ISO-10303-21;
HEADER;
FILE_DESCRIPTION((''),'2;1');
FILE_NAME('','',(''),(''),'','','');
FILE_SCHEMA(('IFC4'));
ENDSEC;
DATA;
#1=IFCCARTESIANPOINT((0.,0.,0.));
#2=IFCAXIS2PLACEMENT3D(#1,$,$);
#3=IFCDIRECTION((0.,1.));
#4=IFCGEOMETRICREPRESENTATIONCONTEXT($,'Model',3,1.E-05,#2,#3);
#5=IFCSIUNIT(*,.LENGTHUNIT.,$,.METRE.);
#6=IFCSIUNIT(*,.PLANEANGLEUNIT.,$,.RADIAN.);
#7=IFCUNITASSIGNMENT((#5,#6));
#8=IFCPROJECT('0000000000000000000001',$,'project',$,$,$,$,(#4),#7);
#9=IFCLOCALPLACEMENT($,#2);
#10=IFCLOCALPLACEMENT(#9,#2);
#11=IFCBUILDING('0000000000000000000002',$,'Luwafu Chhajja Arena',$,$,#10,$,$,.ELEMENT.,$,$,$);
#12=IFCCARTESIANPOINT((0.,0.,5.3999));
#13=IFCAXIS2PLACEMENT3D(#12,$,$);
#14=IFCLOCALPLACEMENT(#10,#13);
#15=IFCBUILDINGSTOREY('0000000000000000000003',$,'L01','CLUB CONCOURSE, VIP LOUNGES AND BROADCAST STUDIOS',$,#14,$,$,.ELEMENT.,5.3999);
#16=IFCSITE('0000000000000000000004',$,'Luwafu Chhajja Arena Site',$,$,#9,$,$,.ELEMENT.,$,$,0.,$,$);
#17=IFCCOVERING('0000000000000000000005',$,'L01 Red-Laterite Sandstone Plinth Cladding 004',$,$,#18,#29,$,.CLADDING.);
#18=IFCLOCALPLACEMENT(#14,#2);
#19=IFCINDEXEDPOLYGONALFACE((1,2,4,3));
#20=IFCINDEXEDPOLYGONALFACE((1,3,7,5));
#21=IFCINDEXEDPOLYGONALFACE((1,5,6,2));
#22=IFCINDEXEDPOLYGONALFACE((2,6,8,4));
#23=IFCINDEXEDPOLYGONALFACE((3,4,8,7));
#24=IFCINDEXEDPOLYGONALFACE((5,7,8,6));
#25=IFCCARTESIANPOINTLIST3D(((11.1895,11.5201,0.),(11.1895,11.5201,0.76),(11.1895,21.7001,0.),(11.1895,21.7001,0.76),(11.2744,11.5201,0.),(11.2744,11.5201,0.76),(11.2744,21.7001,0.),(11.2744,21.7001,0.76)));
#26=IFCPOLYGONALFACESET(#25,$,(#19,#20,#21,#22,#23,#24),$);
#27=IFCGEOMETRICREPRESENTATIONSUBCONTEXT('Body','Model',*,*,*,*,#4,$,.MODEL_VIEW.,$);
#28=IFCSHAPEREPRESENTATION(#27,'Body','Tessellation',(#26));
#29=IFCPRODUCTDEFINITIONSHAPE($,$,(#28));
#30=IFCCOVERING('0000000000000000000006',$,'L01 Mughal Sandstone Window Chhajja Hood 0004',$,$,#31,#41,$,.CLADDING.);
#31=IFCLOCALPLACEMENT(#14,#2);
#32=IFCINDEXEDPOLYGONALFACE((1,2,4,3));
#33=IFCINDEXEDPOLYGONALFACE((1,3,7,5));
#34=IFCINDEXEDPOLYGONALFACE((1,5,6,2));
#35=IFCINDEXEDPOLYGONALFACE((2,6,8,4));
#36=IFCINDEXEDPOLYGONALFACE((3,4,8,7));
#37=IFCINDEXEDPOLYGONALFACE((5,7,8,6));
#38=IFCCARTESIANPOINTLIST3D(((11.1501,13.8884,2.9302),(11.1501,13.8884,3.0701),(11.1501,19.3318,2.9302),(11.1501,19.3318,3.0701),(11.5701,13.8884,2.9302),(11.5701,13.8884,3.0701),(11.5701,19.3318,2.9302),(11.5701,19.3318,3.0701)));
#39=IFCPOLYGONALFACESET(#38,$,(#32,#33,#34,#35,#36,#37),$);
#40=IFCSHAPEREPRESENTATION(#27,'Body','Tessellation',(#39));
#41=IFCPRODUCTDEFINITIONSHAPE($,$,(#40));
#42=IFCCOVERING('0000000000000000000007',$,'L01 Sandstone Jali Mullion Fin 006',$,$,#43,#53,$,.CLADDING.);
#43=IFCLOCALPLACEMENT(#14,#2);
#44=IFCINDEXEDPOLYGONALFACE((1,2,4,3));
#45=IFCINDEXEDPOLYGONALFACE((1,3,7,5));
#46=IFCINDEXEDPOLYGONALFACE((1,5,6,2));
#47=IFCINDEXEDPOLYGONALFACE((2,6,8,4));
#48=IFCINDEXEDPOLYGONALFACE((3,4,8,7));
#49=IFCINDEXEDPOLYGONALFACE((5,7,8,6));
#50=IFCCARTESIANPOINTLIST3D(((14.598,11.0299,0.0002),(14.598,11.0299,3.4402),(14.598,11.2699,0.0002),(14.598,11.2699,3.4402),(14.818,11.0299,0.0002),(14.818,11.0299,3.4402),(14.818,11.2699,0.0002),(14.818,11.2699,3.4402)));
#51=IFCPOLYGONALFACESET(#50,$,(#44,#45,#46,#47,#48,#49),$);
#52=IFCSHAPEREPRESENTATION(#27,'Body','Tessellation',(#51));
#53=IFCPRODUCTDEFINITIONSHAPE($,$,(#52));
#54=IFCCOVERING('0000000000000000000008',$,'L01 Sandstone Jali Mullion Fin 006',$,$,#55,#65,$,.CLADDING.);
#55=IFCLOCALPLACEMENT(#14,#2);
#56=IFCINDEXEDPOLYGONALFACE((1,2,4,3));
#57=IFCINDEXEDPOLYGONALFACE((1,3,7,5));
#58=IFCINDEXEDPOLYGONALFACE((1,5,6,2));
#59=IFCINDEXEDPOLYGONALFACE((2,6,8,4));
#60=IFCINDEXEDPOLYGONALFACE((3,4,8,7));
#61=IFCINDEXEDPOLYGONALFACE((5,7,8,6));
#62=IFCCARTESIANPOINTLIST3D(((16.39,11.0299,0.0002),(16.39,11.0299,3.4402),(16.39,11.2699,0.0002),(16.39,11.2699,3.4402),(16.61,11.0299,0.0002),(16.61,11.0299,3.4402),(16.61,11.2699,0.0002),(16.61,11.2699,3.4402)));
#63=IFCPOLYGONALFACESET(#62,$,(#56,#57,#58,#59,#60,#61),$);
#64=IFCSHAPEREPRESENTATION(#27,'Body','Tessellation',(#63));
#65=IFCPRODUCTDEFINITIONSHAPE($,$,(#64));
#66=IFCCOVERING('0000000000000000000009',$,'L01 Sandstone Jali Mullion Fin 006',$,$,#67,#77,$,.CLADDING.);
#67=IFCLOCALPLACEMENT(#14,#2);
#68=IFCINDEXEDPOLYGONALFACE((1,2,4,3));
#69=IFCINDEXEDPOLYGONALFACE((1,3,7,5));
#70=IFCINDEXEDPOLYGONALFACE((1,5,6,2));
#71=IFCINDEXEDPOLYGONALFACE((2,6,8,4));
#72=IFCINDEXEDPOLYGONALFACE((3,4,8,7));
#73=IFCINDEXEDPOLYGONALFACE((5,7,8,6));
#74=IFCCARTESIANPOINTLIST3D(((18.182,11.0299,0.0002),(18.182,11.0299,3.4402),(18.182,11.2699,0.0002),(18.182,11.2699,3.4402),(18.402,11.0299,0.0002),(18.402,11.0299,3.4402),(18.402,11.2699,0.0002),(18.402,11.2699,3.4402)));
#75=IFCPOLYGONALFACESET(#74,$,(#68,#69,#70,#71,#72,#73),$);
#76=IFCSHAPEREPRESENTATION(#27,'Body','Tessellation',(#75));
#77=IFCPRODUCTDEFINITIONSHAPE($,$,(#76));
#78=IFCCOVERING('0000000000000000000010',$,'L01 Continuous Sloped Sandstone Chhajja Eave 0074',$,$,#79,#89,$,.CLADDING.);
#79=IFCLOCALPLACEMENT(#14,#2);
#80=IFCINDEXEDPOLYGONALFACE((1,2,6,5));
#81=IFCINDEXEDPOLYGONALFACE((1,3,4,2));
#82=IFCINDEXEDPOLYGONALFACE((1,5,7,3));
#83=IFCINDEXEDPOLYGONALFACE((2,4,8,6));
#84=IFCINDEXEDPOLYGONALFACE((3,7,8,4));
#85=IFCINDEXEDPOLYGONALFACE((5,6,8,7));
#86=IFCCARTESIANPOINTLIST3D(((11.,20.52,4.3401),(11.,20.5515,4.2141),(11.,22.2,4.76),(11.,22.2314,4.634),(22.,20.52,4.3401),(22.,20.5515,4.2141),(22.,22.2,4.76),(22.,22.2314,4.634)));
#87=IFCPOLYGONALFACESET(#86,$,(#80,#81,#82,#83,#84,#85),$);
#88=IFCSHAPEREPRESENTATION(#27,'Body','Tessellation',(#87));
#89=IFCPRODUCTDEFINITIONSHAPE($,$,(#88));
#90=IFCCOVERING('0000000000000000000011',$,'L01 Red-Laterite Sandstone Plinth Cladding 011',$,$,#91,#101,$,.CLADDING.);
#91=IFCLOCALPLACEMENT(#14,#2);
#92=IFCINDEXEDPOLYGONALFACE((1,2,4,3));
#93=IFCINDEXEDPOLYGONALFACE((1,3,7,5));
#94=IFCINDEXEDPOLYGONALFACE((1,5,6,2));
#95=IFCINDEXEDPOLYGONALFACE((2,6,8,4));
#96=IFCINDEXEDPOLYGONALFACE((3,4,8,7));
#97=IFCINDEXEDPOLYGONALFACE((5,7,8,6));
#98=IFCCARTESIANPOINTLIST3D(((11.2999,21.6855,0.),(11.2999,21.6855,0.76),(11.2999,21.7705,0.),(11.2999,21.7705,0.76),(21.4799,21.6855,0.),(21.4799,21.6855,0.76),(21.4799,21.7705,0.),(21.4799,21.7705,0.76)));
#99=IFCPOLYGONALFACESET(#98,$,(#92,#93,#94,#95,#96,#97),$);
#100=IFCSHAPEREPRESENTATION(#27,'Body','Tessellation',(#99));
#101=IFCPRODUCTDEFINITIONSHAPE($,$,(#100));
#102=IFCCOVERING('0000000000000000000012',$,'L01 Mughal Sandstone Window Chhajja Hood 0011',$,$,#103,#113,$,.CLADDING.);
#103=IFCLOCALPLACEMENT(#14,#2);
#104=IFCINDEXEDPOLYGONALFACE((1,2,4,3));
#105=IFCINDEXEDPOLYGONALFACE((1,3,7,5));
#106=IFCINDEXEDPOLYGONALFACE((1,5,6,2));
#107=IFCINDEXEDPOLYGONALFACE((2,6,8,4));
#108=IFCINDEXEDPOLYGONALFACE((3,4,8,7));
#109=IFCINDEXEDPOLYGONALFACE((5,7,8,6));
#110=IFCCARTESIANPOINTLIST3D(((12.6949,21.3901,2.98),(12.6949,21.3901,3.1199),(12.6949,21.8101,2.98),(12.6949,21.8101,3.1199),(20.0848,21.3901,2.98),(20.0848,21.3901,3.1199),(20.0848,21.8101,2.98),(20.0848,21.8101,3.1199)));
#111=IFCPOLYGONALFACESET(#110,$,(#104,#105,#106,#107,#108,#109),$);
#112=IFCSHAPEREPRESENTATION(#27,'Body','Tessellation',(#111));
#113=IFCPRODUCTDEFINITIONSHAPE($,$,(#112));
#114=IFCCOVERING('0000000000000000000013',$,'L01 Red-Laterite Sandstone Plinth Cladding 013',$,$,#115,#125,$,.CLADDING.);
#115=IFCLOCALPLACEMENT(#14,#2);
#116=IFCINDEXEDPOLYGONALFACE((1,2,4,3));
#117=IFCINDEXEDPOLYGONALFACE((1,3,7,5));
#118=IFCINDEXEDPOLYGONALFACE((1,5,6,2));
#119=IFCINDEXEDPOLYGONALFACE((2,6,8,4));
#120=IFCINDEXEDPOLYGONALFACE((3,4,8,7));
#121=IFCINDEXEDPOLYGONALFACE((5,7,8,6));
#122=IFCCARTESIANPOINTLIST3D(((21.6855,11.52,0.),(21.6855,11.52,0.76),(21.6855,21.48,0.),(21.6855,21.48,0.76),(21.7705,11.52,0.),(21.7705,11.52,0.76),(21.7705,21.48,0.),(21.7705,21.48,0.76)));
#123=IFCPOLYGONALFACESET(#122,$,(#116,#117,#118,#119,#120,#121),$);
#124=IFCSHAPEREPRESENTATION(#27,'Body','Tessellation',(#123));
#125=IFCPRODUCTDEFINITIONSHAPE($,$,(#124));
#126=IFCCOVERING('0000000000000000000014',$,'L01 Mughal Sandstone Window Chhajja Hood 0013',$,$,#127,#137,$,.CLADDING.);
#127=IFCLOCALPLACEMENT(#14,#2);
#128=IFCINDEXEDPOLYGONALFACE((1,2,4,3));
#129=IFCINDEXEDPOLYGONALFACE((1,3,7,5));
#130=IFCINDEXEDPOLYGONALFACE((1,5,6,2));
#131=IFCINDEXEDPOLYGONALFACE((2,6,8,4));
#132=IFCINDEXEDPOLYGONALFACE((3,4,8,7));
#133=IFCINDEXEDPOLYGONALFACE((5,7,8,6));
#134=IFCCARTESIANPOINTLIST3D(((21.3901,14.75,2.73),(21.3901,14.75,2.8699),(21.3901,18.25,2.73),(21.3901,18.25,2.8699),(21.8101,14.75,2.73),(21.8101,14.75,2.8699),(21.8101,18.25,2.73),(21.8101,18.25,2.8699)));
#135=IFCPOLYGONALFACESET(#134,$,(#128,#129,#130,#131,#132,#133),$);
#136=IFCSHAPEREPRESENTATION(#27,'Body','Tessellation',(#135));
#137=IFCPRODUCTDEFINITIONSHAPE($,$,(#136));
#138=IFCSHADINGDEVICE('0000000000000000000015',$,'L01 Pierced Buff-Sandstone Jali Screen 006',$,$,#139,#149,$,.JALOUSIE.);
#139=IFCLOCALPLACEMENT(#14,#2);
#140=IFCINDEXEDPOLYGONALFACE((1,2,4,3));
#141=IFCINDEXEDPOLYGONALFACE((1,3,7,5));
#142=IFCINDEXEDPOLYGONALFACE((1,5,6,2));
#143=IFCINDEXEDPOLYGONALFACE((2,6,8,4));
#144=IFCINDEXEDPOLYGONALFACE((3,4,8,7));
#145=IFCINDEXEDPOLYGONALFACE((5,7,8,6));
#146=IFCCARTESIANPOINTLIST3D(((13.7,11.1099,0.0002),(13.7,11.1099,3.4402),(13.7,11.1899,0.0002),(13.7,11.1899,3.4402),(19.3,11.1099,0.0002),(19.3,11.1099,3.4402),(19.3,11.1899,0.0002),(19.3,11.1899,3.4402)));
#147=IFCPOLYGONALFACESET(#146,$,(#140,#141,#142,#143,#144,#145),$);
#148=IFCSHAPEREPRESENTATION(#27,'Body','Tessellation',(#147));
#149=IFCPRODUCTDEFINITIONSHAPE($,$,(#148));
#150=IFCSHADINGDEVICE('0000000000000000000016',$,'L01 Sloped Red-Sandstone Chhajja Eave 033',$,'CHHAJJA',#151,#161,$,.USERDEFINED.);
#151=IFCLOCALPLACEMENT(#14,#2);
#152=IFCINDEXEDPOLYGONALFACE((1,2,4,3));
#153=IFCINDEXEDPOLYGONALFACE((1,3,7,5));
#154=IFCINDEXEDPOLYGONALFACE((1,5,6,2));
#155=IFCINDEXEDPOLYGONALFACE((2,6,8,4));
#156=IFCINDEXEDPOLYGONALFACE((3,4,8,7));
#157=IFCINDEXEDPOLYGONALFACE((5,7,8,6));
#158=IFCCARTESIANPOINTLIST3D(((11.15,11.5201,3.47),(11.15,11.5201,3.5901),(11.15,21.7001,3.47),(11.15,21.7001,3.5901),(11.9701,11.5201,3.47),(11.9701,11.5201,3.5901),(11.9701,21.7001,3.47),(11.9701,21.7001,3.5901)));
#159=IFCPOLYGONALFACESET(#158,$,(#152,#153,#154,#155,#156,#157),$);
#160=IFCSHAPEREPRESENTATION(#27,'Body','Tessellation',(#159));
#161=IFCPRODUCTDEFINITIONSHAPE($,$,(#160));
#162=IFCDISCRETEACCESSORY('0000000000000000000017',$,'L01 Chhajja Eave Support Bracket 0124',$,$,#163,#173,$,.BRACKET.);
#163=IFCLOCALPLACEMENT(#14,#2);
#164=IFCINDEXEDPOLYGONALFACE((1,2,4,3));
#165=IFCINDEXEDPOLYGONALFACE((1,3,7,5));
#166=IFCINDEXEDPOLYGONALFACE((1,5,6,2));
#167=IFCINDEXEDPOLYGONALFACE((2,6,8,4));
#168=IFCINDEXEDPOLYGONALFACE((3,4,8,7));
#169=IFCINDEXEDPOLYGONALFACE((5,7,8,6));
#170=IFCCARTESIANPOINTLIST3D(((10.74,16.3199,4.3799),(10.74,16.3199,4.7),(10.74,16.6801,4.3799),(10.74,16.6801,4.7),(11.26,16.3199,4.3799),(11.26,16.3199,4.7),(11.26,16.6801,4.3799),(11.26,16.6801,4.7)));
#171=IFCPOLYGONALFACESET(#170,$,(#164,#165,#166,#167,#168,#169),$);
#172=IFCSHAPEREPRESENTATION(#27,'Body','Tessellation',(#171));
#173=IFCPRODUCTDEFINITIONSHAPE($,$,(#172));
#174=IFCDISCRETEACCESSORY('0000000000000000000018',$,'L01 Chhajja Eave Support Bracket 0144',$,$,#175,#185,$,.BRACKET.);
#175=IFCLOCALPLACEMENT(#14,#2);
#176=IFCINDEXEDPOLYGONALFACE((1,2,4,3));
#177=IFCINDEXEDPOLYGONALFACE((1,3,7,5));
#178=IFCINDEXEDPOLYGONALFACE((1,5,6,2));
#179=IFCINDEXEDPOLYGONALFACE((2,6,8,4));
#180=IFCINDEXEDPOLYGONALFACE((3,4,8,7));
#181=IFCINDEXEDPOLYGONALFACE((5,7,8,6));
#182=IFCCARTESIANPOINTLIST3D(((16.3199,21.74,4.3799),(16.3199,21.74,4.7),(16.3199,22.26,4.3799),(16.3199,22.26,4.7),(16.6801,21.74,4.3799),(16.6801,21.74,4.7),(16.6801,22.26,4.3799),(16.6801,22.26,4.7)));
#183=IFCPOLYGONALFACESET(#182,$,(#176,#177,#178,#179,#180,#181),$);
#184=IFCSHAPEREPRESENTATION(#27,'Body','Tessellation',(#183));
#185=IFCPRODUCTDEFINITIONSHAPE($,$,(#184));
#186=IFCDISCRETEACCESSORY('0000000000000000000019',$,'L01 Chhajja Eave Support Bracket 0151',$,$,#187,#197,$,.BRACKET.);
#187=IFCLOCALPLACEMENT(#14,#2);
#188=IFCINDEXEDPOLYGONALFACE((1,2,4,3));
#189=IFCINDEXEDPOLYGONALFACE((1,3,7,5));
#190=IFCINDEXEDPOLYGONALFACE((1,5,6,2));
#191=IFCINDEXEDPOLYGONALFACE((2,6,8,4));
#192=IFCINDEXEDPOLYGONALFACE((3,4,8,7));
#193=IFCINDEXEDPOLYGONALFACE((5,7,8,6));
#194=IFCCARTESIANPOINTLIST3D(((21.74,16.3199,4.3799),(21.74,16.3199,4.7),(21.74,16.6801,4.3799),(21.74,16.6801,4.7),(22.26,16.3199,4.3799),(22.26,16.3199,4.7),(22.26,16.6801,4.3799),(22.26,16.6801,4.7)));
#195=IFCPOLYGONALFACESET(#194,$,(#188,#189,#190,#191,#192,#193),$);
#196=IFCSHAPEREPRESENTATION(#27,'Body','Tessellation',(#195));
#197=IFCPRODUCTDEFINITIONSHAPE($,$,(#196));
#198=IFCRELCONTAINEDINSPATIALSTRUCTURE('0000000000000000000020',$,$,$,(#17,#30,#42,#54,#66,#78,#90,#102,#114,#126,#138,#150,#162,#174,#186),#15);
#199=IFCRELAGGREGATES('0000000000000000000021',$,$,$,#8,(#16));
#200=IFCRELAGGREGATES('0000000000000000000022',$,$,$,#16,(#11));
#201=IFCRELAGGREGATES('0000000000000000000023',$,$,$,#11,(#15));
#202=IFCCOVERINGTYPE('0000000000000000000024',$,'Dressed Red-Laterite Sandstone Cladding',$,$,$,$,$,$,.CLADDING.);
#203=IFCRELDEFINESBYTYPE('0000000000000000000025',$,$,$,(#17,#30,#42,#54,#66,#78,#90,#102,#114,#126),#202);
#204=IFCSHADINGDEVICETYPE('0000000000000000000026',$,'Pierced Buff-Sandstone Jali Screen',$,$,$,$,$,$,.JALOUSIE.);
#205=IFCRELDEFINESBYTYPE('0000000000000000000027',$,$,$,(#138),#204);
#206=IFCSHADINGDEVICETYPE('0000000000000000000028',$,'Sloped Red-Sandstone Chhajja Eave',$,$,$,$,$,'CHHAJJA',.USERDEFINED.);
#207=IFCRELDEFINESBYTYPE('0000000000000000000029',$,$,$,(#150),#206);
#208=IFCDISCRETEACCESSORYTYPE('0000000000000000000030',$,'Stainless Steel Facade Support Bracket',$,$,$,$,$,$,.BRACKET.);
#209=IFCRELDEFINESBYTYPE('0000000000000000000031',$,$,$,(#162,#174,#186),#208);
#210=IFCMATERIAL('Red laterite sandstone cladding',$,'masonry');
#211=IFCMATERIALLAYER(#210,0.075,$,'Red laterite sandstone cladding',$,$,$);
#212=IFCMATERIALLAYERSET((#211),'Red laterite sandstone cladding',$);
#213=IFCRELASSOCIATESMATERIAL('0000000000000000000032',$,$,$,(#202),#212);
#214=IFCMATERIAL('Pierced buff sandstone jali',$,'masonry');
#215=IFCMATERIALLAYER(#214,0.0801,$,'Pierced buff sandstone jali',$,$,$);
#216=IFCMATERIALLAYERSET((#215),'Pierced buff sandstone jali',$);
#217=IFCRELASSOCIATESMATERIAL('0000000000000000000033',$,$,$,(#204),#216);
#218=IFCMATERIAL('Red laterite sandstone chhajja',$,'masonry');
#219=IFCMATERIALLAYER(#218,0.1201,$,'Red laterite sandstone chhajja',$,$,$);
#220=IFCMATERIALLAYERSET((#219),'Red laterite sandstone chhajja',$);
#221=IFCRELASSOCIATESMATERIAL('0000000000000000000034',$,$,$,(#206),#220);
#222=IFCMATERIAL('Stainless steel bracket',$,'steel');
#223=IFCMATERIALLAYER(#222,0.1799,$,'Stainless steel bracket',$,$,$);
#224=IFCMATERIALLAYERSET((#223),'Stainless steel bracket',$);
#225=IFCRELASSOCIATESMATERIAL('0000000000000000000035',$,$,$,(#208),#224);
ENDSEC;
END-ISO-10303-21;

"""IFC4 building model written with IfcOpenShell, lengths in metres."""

from ifc_helpers import new_model, si_unit, direction, frame, origin, origin_2d, place, context, subcontext, project, spatial, polyline, rectangle, outline, extrude, material, layer, layer_set, type_object, element, save


model = new_model("IFC4")

# Units and contexts
model_context = context("Model", 3, precision=1e-05, world=origin(), true_north=direction((0.0, 1.0)))
body_context = subcontext(model_context, "Body", "Model", "MODEL_VIEW")
ifc_project = project(units=[si_unit("LENGTHUNIT", "METRE"), si_unit("PLANEANGLEUNIT", "RADIAN")], contexts=[model_context])

# Site, building, storey
site_placement = place(None, origin())
site = spatial("IfcSite", under=ifc_project, at=site_placement, Name="Luwafu Chhajja Arena Site", CompositionType="ELEMENT", RefElevation=0.0)
building_placement = place(site_placement, origin())
building = spatial("IfcBuilding", under=site, at=building_placement, Name="Luwafu Chhajja Arena", CompositionType="ELEMENT")
storey_placement = place(building_placement, frame((0.0, 0.0, 5.3999)))
storey = spatial("IfcBuildingStorey", under=building, at=storey_placement, Name="L01", Description="CLUB CONCOURSE, VIP LOUNGES AND BROADCAST STUDIOS", CompositionType="ELEMENT", Elevation=5.3999)

# Coverings
ifc_material_1 = material(Name="Red laterite sandstone cladding", Category="masonry")
ifc_layer_1 = layer(ifc_material_1, 0.075, Name="Red laterite sandstone cladding")
ifc_layer_set_1 = layer_set([ifc_layer_1], Name="Red laterite sandstone cladding")
covering_type = type_object("IfcCoveringType", Name="Dressed Red-Laterite Sandstone Cladding", PredefinedType="CLADDING", material=ifc_layer_set_1)
covering_1_placement = place(storey_placement, frame((11.2319, 16.6101, 0.0), z_axis=(0.0, 0.0, 1.0), x_axis=(0.0, 1.0, 0.0)))
element("IfcCovering", 1, at=covering_1_placement, inside=storey, type_object=covering_type, Name="L01 Red-Laterite Sandstone Plinth Cladding 004", PredefinedType="CLADDING", context=body_context, shape_type="SweptSolid", body=[
    extrude(rectangle(XDim=10.1799, YDim=0.085, at=origin_2d()), origin(), (0.0, 0.0, 1.0), 0.76),
])
covering_2_placement = place(storey_placement, frame((11.3601, 16.6101, 2.9302), z_axis=(0.0, 0.0, 1.0), x_axis=(0.0, 1.0, 0.0)))
element("IfcCovering", 2, at=covering_2_placement, inside=storey, type_object=covering_type, Name="L01 Mughal Sandstone Window Chhajja Hood 0004", PredefinedType="CLADDING", context=body_context, shape_type="SweptSolid", body=[
    extrude(rectangle(XDim=5.4434, YDim=0.4199, at=origin_2d()), origin(), (0.0, 0.0, 1.0), 0.1399),
])
for number, where, z_axis, x_axis, name in (
    (3, (14.708, 11.1499, 0.0002), (0.0, 0.0, 1.0), (1.0, 0.0, 0.0), "L01 Sandstone Jali Mullion Fin 006"),
    (4, (16.5, 11.1499, 0.0002), (0.0, 0.0, 1.0), (1.0, 0.0, 0.0), "L01 Sandstone Jali Mullion Fin 006"),
    (5, (18.292, 11.1499, 0.0002), (0.0, 0.0, 1.0), (1.0, 0.0, 0.0), "L01 Sandstone Jali Mullion Fin 006"),
):
    element("IfcCovering", number, at=place(storey_placement, frame(where, z_axis=z_axis, x_axis=x_axis)), inside=storey, type_object=covering_type, Name=name, PredefinedType="CLADDING", context=body_context, shape_type="SweptSolid", body=[
        extrude(rectangle(XDim=0.22, YDim=0.24, at=origin_2d()), origin(), (0.0, 0.0, 1.0), 3.4399),
    ])
covering_3_placement = place(storey_placement, frame((11.0, 22.2, 4.76), z_axis=(0.0, -0.242502, 0.970151), x_axis=(1.0, 0.0, 0.0)))
element("IfcCovering", 6, at=covering_3_placement, inside=storey, type_object=covering_type, Name="L01 Continuous Sloped Sandstone Chhajja Eave 0074", PredefinedType="CLADDING", context=body_context, shape_type="SweptSolid", body=[
    extrude(outline(polyline([(0.0, 0.0), (11.0, 0.0), (11.0, -1.7316), (0.0, -1.7316), (0.0, 0.0)])), origin(), (0.0, 0.0, -1.0), 0.1299),
])
covering_4_placement = place(storey_placement, frame((16.3899, 21.728, 0.0), z_axis=(0.0, 0.0, 1.0), x_axis=(1.0, 0.0, 0.0)))
element("IfcCovering", 7, at=covering_4_placement, inside=storey, type_object=covering_type, Name="L01 Red-Laterite Sandstone Plinth Cladding 011", PredefinedType="CLADDING", context=body_context, shape_type="SweptSolid", body=[
    extrude(rectangle(XDim=10.1799, YDim=0.085, at=origin_2d()), origin(), (0.0, 0.0, 1.0), 0.76),
])
covering_5_placement = place(storey_placement, frame((16.3899, 21.6001, 2.98), z_axis=(0.0, 0.0, 1.0), x_axis=(1.0, 0.0, 0.0)))
element("IfcCovering", 8, at=covering_5_placement, inside=storey, type_object=covering_type, Name="L01 Mughal Sandstone Window Chhajja Hood 0011", PredefinedType="CLADDING", context=body_context, shape_type="SweptSolid", body=[
    extrude(rectangle(XDim=7.3899, YDim=0.4199, at=origin_2d()), origin(), (0.0, 0.0, 1.0), 0.1399),
])
covering_6_placement = place(storey_placement, frame((21.728, 16.5, 0.0), z_axis=(0.0, 0.0, 1.0), x_axis=(0.0, 1.0, 0.0)))
element("IfcCovering", 9, at=covering_6_placement, inside=storey, type_object=covering_type, Name="L01 Red-Laterite Sandstone Plinth Cladding 013", PredefinedType="CLADDING", context=body_context, shape_type="SweptSolid", body=[
    extrude(rectangle(XDim=9.96, YDim=0.085, at=origin_2d()), origin(), (0.0, 0.0, 1.0), 0.76),
])
covering_7_placement = place(storey_placement, frame((21.6001, 16.5, 2.73), z_axis=(0.0, 0.0, 1.0), x_axis=(0.0, 1.0, 0.0)))
element("IfcCovering", 10, at=covering_7_placement, inside=storey, type_object=covering_type, Name="L01 Mughal Sandstone Window Chhajja Hood 0013", PredefinedType="CLADDING", context=body_context, shape_type="SweptSolid", body=[
    extrude(rectangle(XDim=3.5, YDim=0.4199, at=origin_2d()), origin(), (0.0, 0.0, 1.0), 0.1399),
])

# Shading devices
ifc_material_2 = material(Name="Pierced buff sandstone jali", Category="masonry")
ifc_layer_2 = layer(ifc_material_2, 0.0801, Name="Pierced buff sandstone jali")
ifc_layer_set_2 = layer_set([ifc_layer_2], Name="Pierced buff sandstone jali")
shading_device_type_1 = type_object("IfcShadingDeviceType", Name="Pierced Buff-Sandstone Jali Screen", PredefinedType="JALOUSIE", material=ifc_layer_set_2)
shading_device_1_placement = place(storey_placement, frame((16.5, 11.1499, 0.0002), z_axis=(0.0, 0.0, 1.0), x_axis=(1.0, 0.0, 0.0)))
element("IfcShadingDevice", 11, at=shading_device_1_placement, inside=storey, type_object=shading_device_type_1, Name="L01 Pierced Buff-Sandstone Jali Screen 006", PredefinedType="JALOUSIE", context=body_context, shape_type="SweptSolid", body=[
    extrude(rectangle(XDim=5.6001, YDim=0.0801, at=origin_2d()), origin(), (0.0, 0.0, 1.0), 3.4399),
])
ifc_material_3 = material(Name="Red laterite sandstone chhajja", Category="masonry")
ifc_layer_3 = layer(ifc_material_3, 0.1201, Name="Red laterite sandstone chhajja")
ifc_layer_set_3 = layer_set([ifc_layer_3], Name="Red laterite sandstone chhajja")
shading_device_type_2 = type_object("IfcShadingDeviceType", Name="Sloped Red-Sandstone Chhajja Eave", ElementType="CHHAJJA", PredefinedType="USERDEFINED", material=ifc_layer_set_3)
shading_device_2_placement = place(storey_placement, frame((11.5601, 16.6101, 3.47), z_axis=(0.0, 0.0, 1.0), x_axis=(0.0, 1.0, 0.0)))
element("IfcShadingDevice", 12, at=shading_device_2_placement, inside=storey, type_object=shading_device_type_2, Name="L01 Sloped Red-Sandstone Chhajja Eave 033", ObjectType="CHHAJJA", PredefinedType="USERDEFINED", context=body_context, shape_type="SweptSolid", body=[
    extrude(rectangle(XDim=10.1799, YDim=0.8201, at=origin_2d()), origin(), (0.0, 0.0, 1.0), 0.1201),
])

# Discrete accessories
ifc_material_4 = material(Name="Stainless steel bracket", Category="steel")
ifc_layer_4 = layer(ifc_material_4, 0.1799, Name="Stainless steel bracket")
ifc_layer_set_4 = layer_set([ifc_layer_4], Name="Stainless steel bracket")
discrete_accessory_type = type_object("IfcDiscreteAccessoryType", Name="Stainless Steel Facade Support Bracket", PredefinedType="BRACKET", material=ifc_layer_set_4)
for number, where, z_axis, x_axis, name in (
    (13, (11.0, 16.5, 4.3799), (0.0, 0.0, 1.0), (0.0, 1.0, 0.0), "L01 Chhajja Eave Support Bracket 0124"),
    (14, (16.5, 22.0, 4.3799), (0.0, 0.0, 1.0), (1.0, 0.0, 0.0), "L01 Chhajja Eave Support Bracket 0144"),
    (15, (22.0, 16.5, 4.3799), (0.0, 0.0, 1.0), (0.0, 1.0, 0.0), "L01 Chhajja Eave Support Bracket 0151"),
):
    element("IfcDiscreteAccessory", number, at=place(storey_placement, frame(where, z_axis=z_axis, x_axis=x_axis)), inside=storey, type_object=discrete_accessory_type, Name=name, PredefinedType="BRACKET", context=body_context, shape_type="SweptSolid", body=[
        extrude(rectangle(XDim=0.3601, YDim=0.52, at=origin_2d()), origin(), (0.0, 0.0, 1.0), 0.3201),
    ])

save(model, "model.ifc")
